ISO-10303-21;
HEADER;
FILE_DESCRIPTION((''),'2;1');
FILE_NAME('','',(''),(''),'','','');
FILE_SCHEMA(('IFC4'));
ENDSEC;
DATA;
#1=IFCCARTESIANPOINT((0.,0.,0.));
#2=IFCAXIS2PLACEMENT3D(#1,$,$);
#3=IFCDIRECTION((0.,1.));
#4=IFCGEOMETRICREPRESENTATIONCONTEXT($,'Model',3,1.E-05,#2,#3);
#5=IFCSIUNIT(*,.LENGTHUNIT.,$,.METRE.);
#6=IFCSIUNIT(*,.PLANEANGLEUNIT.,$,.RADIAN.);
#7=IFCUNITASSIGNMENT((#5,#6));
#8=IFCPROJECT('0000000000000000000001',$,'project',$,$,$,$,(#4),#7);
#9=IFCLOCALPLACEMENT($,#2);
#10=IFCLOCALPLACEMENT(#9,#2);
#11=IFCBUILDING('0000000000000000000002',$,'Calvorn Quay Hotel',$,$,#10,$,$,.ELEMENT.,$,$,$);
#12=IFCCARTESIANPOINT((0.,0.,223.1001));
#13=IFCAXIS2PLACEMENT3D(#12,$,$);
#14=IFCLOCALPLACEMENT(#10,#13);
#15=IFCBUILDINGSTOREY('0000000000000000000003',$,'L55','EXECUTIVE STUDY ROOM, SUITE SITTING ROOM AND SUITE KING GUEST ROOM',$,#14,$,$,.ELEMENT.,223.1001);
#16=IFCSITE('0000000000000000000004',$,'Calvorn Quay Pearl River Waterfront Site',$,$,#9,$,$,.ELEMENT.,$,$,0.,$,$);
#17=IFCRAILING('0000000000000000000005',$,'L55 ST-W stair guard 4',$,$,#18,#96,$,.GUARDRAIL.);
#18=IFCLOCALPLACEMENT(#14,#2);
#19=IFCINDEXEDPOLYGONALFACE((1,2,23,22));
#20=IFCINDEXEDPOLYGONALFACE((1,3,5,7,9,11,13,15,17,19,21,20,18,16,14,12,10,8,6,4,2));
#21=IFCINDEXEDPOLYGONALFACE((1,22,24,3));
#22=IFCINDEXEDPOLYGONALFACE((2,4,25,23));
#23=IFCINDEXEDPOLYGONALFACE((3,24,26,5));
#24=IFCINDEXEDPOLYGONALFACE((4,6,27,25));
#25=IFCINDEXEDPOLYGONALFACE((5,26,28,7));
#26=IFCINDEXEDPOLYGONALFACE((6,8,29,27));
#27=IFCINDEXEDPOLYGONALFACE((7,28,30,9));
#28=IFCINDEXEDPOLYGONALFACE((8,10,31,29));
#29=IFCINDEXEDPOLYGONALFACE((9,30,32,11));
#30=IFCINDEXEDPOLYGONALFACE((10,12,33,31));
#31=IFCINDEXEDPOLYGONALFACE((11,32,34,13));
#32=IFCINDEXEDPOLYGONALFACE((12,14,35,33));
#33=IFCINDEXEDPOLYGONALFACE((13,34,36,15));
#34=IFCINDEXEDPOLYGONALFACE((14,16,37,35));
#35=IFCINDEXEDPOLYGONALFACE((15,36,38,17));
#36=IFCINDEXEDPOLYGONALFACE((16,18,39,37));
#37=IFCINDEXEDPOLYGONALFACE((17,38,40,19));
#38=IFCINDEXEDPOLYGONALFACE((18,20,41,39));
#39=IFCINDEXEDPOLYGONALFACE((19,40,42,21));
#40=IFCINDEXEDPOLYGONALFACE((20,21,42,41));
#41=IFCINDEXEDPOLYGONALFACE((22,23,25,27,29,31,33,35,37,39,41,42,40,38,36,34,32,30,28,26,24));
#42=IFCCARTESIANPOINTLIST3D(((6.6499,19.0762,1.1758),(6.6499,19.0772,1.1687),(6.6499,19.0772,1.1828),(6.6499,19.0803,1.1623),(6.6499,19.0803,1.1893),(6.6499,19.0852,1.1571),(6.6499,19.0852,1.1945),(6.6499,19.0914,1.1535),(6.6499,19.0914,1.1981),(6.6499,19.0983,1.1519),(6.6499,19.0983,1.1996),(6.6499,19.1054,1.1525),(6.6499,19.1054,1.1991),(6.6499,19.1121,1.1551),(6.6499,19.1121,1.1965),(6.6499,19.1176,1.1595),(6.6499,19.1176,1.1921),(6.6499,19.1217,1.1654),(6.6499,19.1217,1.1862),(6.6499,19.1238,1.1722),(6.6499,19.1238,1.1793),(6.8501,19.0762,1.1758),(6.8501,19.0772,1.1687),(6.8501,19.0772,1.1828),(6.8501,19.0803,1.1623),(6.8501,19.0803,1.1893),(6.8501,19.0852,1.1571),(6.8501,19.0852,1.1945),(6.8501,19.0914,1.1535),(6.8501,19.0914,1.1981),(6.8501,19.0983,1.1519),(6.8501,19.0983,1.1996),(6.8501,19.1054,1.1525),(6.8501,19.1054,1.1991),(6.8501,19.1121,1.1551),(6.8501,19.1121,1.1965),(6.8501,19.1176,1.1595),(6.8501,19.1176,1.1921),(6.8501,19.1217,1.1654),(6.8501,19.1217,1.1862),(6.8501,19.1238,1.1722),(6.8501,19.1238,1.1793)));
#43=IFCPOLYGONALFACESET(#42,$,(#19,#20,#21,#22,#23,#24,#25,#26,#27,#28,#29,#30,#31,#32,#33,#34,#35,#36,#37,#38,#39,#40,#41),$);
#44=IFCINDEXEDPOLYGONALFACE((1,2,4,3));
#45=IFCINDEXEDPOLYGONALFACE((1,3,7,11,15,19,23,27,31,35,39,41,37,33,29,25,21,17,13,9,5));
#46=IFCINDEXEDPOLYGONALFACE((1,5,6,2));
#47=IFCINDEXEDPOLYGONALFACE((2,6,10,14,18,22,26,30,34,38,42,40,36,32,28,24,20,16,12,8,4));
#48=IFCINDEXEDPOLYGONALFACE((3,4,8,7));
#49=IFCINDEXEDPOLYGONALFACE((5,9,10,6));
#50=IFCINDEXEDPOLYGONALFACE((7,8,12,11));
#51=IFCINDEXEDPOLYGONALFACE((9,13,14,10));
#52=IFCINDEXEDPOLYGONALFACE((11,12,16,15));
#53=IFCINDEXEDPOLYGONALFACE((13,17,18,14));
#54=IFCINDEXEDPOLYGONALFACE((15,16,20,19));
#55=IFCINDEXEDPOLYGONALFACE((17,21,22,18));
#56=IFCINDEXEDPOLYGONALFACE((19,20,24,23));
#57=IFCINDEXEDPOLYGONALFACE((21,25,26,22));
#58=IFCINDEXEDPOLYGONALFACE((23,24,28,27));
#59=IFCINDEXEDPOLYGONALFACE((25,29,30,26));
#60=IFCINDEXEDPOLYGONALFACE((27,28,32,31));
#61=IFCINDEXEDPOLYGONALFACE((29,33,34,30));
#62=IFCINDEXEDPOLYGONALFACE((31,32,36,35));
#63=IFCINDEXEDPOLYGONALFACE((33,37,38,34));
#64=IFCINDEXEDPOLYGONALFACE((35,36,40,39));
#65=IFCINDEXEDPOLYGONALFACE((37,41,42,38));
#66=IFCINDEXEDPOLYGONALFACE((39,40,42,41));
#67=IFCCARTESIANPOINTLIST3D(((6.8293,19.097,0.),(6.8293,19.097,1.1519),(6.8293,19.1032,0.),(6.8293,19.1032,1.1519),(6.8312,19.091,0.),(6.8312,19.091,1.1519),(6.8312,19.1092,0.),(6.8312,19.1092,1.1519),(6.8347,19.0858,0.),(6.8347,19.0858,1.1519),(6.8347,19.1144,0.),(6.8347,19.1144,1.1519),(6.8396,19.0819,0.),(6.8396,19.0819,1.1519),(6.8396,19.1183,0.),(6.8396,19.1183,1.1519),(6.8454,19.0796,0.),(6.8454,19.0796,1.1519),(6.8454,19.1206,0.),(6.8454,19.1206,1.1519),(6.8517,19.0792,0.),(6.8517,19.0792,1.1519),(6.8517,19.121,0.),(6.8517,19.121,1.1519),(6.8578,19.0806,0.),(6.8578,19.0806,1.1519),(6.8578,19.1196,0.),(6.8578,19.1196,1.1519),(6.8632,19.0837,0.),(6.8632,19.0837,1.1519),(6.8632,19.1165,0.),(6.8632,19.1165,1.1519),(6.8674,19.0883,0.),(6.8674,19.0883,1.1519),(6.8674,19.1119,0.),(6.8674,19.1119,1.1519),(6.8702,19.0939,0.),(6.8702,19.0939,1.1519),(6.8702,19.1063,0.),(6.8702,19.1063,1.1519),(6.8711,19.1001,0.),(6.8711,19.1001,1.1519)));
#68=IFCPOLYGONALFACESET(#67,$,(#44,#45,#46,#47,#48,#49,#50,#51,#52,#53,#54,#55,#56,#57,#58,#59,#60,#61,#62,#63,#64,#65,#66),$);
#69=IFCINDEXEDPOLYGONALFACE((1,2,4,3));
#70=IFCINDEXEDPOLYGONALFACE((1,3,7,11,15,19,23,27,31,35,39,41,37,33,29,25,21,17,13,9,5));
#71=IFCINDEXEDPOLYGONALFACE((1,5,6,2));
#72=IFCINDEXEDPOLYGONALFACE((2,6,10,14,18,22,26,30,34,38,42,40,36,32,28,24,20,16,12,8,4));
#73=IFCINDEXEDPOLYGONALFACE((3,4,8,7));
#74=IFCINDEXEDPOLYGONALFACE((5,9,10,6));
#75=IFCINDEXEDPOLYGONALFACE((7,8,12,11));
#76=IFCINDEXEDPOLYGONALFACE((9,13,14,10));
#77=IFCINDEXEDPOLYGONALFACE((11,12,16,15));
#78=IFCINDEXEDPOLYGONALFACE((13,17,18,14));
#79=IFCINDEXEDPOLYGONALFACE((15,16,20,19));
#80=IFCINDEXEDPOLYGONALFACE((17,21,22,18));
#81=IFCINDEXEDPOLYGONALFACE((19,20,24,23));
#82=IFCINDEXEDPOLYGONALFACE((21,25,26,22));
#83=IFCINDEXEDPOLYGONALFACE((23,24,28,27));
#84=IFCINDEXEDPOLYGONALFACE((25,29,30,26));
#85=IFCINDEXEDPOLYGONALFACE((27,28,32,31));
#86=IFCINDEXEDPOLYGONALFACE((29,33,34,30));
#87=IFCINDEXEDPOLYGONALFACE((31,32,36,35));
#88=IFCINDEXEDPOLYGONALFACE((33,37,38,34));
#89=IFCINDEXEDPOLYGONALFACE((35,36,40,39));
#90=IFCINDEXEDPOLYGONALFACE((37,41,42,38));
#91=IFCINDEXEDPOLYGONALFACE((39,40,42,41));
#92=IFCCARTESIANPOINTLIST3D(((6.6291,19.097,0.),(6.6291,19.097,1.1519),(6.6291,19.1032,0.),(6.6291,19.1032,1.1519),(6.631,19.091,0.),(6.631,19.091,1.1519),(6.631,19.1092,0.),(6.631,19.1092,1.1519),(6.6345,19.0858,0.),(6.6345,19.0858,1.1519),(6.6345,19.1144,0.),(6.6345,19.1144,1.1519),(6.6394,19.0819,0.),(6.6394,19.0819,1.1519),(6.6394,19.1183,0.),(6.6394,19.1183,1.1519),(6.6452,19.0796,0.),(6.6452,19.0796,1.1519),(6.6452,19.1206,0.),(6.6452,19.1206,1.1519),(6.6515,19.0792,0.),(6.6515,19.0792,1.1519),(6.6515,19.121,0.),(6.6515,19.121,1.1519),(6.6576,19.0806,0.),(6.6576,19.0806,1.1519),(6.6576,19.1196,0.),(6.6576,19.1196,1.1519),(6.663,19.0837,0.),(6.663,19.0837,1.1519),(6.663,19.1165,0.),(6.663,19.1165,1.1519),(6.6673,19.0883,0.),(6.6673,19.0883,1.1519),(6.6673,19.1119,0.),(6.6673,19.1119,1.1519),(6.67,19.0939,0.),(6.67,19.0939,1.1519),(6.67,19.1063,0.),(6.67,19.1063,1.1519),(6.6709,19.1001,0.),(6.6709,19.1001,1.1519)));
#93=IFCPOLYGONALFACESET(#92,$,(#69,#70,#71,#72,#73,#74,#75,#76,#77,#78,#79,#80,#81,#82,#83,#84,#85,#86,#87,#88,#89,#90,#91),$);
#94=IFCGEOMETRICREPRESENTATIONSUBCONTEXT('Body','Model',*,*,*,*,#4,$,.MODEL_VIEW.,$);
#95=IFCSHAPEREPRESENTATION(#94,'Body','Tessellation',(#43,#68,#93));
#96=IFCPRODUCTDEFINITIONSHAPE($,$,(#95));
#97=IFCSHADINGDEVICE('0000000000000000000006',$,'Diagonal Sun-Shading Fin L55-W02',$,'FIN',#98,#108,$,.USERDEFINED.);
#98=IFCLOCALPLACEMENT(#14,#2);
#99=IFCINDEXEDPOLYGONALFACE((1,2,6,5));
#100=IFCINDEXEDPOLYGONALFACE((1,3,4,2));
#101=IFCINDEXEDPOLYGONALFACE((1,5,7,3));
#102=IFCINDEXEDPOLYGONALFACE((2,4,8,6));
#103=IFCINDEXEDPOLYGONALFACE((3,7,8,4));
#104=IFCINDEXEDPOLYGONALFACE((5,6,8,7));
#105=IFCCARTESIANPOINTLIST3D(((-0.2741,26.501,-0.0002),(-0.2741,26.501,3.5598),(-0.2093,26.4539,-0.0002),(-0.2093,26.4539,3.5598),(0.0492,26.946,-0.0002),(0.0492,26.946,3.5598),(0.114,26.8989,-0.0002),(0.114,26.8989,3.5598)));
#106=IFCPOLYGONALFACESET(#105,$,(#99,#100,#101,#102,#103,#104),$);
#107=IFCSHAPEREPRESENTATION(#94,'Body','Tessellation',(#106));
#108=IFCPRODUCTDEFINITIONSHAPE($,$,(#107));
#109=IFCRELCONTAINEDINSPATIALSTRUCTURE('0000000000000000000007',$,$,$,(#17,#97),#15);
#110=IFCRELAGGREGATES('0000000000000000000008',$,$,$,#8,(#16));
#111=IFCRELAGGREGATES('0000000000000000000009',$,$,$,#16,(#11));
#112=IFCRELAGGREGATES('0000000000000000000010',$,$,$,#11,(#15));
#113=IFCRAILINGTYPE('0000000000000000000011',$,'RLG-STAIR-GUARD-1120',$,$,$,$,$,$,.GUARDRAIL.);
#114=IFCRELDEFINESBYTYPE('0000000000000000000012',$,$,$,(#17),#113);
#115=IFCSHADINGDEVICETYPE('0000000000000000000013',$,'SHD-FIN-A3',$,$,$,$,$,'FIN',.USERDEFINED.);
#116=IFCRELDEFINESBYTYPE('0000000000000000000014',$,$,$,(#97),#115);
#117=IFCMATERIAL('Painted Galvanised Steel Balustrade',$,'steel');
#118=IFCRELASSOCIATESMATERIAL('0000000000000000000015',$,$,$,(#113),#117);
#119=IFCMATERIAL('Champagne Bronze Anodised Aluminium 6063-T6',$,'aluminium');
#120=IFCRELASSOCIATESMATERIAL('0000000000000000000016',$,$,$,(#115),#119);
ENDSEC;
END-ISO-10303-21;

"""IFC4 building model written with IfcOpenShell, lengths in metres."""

from ifc_helpers import new_model, si_unit, direction, frame, origin, origin_2d, place, context, subcontext, project, spatial, rectangle, circle, extrude, material, type_object, element, save


model = new_model("IFC4")

# Units and contexts
model_context = context("Model", 3, precision=1e-05, world=origin(), true_north=direction((0.0, 1.0)))
body_context = subcontext(model_context, "Body", "Model", "MODEL_VIEW")
ifc_project = project(units=[si_unit("LENGTHUNIT", "METRE"), si_unit("PLANEANGLEUNIT", "RADIAN")], contexts=[model_context])

# Site, building, storey
site_placement = place(None, origin())
site = spatial("IfcSite", under=ifc_project, at=site_placement, Name="Calvorn Quay Pearl River Waterfront Site", CompositionType="ELEMENT", RefElevation=0.0)
building_placement = place(site_placement, origin())
building = spatial("IfcBuilding", under=site, at=building_placement, Name="Calvorn Quay Hotel", CompositionType="ELEMENT")
storey_placement = place(building_placement, frame((0.0, 0.0, 223.1001)))
storey = spatial("IfcBuildingStorey", under=building, at=storey_placement, Name="L55", Description="EXECUTIVE STUDY ROOM, SUITE SITTING ROOM AND SUITE KING GUEST ROOM", CompositionType="ELEMENT", Elevation=223.1001)

# Railing
ifc_material_1 = material(Name="Painted Galvanised Steel Balustrade", Category="steel")
railing_type_1 = type_object("IfcRailingType", Name="RLG-STAIR-GUARD-1120", PredefinedType="GUARDRAIL", material=ifc_material_1)
railing_1_placement = place(storey_placement, frame((6.8501, 19.1001, 0.0)))
element("IfcRailing", 1, at=railing_1_placement, inside=storey, type_object=railing_type_1, Name="L55 ST-W stair guard 4", PredefinedType="GUARDRAIL", context=body_context, shape_type="SweptSolid", body=[
    extrude(circle(Radius=0.0239, at=origin_2d()), frame((0.0, 0.0, 1.1758), z_axis=(-1.0, 0.0, 0.0), x_axis=(0.0, -1.0, 0.0)), (0.0, 0.0, 1.0), 0.2002),
    extrude(circle(Radius=0.021, at=origin_2d()), origin(), (0.0, 0.0, 1.0), 1.1519),
    extrude(circle(Radius=0.021, at=origin_2d()), frame((-0.2002, 0.0, 0.0)), (0.0, 0.0, 1.0), 1.1519),
])

# Shading device
ifc_material_2 = material(Name="Champagne Bronze Anodised Aluminium 6063-T6", Category="aluminium")
shading_device_type = type_object("IfcShadingDeviceType", Name="SHD-FIN-A3", ElementType="FIN", PredefinedType="USERDEFINED", material=ifc_material_2)
shading_device_placement = place(storey_placement, frame((-0.0801, 26.7, -0.0002), z_axis=(0.0, 0.0, 1.0), x_axis=(0.587785, 0.809017, 0.0)))
element("IfcShadingDevice", 2, at=shading_device_placement, inside=storey, type_object=shading_device_type, Name="Diagonal Sun-Shading Fin L55-W02", ObjectType="FIN", PredefinedType="USERDEFINED", context=body_context, shape_type="SweptSolid", body=[
    extrude(rectangle(XDim=0.55, YDim=0.0801, at=origin_2d()), origin(), (0.0, 0.0, 1.0), 3.5601),
])

save(model, "model.ifc")
